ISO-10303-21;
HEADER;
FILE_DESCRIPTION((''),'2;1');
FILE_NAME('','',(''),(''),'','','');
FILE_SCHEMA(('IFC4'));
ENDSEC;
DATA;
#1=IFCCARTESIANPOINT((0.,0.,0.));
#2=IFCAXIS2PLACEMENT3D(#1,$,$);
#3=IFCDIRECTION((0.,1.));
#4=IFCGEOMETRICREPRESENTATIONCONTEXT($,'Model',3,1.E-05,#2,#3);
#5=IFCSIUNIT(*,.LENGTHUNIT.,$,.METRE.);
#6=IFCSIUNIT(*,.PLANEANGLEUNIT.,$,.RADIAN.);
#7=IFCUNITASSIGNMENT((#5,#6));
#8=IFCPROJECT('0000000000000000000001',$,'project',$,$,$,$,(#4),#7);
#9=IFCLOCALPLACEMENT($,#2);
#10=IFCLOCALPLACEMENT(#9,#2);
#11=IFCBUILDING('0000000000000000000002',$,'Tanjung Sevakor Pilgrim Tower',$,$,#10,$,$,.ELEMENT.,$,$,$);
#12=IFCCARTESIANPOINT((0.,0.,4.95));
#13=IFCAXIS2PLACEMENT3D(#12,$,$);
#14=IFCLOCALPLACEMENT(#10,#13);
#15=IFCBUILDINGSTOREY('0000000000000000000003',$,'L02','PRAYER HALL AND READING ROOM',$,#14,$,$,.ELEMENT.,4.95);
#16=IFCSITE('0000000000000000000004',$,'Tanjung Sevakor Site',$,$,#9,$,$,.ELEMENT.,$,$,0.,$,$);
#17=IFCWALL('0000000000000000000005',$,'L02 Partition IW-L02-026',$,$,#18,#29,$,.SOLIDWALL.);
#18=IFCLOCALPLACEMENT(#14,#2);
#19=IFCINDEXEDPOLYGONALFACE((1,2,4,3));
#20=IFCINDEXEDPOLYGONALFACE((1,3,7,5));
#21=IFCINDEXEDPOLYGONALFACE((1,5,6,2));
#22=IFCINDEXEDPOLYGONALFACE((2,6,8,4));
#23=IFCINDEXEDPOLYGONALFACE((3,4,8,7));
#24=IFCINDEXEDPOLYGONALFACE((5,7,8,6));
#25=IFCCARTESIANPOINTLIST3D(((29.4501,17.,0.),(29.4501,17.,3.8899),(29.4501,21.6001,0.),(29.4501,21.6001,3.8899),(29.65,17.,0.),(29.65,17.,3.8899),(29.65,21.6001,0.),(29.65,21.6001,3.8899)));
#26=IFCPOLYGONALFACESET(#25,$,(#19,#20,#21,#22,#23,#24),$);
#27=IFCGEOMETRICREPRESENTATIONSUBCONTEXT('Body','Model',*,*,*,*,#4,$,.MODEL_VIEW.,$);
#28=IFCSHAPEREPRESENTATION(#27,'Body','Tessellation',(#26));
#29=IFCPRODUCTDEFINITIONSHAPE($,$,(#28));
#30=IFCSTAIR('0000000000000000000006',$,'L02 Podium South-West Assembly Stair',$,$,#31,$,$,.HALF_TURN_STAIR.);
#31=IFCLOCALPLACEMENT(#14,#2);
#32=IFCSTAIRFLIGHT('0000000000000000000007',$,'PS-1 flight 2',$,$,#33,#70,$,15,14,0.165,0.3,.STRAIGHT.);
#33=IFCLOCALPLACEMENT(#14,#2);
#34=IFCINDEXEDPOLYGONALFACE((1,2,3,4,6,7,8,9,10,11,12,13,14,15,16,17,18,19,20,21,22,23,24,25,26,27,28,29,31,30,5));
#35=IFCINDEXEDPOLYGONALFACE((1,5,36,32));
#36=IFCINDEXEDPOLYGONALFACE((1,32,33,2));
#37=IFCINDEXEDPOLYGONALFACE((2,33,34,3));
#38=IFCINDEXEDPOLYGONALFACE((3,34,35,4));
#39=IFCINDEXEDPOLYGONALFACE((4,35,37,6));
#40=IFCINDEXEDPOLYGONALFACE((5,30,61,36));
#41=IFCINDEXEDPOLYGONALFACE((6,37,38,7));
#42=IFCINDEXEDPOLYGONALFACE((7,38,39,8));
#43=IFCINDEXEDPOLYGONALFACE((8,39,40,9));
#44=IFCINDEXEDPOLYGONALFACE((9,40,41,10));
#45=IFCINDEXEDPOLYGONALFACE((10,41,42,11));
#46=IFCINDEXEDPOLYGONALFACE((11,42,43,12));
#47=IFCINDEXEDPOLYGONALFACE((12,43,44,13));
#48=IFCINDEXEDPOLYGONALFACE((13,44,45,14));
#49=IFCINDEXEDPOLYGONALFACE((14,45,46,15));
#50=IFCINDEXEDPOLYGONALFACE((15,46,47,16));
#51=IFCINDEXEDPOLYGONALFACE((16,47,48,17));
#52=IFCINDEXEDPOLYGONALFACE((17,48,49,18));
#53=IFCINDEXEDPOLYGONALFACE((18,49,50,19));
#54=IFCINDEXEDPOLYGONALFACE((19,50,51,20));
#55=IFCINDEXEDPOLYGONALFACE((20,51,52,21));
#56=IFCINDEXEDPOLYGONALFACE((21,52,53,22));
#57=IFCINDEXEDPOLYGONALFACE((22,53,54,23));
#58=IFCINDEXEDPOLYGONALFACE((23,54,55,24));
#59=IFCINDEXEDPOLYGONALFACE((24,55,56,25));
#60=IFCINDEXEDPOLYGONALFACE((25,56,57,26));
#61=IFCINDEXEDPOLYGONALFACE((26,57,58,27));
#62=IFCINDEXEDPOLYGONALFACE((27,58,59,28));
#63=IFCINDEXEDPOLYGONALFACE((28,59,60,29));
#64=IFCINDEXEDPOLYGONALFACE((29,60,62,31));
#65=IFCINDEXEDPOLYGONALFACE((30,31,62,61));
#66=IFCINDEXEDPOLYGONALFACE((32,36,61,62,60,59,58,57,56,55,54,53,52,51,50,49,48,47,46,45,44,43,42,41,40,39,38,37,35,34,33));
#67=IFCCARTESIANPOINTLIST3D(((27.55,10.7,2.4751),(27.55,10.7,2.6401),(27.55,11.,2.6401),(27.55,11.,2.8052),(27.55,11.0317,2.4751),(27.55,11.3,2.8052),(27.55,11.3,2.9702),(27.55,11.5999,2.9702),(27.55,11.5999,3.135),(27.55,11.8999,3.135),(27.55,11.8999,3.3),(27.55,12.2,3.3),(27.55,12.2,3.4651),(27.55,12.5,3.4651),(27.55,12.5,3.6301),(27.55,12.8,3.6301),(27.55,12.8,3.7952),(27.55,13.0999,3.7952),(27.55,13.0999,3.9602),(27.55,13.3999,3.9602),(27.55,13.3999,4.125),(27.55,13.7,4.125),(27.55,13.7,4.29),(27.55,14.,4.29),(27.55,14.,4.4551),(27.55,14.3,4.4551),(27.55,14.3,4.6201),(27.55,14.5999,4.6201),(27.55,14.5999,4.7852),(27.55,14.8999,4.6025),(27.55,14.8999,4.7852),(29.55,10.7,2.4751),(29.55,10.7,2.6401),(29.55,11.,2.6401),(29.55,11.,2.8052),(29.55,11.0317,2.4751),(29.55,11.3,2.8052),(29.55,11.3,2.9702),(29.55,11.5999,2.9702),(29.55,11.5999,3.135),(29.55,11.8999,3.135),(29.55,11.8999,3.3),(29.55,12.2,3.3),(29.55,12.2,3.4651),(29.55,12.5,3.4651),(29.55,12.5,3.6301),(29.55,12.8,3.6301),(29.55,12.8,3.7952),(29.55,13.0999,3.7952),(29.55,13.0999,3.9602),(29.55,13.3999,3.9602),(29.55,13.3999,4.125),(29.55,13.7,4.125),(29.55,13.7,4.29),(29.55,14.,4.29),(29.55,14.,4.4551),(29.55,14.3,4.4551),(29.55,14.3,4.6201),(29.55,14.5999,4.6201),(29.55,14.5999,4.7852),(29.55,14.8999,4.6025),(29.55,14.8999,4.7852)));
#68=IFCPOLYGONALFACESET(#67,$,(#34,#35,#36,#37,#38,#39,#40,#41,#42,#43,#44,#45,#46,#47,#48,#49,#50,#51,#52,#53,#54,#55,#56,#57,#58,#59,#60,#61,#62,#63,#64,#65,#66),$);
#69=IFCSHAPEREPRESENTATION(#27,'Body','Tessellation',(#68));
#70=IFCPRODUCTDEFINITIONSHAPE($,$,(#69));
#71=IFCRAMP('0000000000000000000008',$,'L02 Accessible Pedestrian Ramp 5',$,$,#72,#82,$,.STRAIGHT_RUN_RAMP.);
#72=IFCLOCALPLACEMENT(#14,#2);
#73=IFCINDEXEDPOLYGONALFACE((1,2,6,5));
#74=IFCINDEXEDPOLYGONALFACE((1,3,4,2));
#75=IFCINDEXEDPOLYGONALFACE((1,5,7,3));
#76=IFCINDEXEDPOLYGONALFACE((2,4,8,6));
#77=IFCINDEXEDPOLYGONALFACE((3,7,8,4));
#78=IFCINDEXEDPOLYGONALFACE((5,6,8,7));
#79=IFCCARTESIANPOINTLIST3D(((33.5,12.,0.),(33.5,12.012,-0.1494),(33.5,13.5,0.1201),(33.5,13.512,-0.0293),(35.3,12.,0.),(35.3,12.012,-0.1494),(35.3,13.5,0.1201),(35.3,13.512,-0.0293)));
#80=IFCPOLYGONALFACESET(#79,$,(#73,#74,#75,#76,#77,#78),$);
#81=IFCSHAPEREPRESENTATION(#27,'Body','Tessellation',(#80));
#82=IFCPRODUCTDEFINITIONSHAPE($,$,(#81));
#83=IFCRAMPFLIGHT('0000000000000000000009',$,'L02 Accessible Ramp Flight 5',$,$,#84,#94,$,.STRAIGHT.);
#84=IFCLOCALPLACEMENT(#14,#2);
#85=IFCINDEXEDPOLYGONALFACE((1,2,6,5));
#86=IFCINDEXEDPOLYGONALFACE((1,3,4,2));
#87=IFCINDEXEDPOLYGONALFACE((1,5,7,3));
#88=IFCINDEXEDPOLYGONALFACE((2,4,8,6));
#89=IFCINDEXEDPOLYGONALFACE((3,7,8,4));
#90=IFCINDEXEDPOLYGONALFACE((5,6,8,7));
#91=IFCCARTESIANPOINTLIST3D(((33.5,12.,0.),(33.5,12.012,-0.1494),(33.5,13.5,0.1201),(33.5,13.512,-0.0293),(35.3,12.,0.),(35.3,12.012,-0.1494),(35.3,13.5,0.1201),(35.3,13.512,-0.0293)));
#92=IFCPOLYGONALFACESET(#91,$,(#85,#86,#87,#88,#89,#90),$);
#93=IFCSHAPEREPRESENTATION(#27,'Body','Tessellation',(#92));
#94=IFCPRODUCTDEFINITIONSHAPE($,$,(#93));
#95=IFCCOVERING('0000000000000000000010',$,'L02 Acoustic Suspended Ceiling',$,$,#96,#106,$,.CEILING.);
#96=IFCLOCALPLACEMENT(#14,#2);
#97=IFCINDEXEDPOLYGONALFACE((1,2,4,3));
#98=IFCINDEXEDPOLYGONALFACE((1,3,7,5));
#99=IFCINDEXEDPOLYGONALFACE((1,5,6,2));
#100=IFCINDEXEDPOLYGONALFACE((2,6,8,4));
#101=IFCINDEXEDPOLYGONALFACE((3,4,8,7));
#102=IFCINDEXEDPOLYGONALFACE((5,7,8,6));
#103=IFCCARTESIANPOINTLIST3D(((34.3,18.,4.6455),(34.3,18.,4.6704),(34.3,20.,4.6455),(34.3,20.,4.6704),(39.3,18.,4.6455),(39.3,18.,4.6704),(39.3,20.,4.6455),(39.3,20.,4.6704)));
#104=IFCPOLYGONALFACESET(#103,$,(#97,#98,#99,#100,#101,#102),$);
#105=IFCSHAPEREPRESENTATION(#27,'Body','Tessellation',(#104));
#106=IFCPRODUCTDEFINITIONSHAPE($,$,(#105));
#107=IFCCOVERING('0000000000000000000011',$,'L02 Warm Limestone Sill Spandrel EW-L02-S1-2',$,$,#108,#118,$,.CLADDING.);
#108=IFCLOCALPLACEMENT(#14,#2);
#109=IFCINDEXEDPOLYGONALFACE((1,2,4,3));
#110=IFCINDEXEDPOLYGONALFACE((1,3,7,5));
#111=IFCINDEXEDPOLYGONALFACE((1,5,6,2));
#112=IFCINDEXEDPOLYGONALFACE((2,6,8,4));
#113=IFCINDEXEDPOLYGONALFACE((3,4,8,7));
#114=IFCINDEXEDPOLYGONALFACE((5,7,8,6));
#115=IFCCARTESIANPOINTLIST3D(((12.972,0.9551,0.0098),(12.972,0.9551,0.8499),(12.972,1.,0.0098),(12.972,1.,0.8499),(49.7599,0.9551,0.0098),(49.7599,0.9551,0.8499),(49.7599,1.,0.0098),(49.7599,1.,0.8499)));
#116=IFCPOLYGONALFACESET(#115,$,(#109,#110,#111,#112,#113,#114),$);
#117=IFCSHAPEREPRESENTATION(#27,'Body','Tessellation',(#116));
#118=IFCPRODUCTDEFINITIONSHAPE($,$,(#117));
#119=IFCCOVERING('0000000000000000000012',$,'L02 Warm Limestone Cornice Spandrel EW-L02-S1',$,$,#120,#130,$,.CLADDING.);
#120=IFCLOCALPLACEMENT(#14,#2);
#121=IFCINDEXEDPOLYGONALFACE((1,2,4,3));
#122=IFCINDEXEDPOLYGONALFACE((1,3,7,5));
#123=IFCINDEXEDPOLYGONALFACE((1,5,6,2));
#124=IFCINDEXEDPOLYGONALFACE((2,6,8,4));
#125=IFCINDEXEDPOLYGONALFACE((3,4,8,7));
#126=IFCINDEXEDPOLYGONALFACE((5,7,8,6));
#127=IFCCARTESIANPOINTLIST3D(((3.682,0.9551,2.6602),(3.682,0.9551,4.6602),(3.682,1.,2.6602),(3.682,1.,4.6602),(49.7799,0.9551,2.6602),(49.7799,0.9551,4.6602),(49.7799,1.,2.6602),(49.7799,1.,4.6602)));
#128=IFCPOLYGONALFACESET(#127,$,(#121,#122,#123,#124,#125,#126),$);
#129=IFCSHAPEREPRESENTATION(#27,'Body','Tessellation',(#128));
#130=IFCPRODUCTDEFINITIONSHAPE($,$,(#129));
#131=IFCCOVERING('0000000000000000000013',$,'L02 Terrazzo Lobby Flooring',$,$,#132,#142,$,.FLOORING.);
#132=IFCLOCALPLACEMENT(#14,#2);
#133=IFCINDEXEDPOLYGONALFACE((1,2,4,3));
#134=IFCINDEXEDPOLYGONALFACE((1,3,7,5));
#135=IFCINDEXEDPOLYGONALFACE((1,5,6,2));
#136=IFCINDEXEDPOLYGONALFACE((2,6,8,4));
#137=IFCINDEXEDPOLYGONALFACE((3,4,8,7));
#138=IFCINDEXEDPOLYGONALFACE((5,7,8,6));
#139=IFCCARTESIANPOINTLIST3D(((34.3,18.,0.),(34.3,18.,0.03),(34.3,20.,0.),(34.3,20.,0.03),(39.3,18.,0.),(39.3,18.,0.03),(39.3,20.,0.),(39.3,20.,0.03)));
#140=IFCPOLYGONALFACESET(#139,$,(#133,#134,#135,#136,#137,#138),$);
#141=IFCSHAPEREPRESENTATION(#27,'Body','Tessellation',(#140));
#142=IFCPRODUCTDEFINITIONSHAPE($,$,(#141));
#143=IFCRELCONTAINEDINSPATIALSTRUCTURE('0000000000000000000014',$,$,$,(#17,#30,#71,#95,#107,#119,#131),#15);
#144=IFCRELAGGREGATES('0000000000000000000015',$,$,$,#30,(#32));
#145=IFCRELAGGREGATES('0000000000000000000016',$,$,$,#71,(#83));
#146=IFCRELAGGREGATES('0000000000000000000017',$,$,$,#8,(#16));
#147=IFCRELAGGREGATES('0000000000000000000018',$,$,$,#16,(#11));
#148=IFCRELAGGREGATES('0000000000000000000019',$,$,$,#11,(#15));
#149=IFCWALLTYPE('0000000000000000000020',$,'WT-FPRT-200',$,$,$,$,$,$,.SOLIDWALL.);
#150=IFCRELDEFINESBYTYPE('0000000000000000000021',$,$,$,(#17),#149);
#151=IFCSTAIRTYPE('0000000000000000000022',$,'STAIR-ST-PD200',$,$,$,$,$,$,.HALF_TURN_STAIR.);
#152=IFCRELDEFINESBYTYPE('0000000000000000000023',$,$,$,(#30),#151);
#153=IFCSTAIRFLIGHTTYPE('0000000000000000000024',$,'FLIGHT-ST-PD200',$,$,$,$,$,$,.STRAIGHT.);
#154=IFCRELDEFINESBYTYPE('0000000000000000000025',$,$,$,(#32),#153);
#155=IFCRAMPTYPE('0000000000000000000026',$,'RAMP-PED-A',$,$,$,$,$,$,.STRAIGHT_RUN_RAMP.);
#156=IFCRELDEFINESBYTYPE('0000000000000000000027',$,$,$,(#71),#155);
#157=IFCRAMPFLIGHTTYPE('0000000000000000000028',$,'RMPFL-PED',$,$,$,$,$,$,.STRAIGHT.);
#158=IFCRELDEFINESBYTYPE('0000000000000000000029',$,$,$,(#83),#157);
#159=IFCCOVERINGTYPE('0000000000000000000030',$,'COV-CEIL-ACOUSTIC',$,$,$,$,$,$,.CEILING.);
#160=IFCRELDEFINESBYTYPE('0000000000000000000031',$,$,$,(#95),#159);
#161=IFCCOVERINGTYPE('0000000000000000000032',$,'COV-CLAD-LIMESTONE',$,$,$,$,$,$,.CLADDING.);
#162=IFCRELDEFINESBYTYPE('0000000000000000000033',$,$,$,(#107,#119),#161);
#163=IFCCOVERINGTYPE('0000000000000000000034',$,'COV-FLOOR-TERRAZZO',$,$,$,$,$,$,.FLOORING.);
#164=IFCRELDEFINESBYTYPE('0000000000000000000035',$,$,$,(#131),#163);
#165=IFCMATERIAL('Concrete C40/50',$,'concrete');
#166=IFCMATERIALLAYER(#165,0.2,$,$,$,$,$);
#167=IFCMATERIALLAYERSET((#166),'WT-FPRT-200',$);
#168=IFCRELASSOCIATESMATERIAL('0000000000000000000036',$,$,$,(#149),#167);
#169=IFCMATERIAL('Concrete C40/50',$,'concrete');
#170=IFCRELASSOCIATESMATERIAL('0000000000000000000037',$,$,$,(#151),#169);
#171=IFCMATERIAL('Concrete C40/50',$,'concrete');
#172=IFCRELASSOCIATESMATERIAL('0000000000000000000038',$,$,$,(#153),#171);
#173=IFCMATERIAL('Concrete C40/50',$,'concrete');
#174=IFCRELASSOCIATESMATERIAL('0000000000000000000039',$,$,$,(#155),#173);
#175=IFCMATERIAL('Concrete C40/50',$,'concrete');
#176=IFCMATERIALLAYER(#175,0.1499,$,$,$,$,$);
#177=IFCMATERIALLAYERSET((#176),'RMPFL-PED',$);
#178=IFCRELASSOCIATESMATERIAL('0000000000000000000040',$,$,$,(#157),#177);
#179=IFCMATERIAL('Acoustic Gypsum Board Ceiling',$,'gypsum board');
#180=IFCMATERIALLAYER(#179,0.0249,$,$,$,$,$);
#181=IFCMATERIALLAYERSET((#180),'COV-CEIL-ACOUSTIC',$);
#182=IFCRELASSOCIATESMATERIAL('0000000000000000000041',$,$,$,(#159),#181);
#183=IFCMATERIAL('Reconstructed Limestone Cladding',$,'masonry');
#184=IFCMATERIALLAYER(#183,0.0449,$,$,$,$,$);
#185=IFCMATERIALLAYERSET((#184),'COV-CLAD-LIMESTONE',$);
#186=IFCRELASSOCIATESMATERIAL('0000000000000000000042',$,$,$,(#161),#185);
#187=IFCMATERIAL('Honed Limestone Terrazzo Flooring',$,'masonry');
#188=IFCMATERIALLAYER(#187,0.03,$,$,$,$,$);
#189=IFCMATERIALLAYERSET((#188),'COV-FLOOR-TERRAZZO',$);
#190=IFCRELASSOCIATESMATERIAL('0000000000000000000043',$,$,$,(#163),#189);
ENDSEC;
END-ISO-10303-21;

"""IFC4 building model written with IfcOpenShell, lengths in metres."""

from ifc_helpers import new_model, si_unit, direction, frame, frame_2d, origin, origin_2d, place, context, subcontext, project, spatial, polyline, rectangle, outline, extrude, material, layer, layer_set, type_object, element, aggregate, save


model = new_model("IFC4")

# Units and contexts
model_context = context("Model", 3, precision=1e-05, world=origin(), true_north=direction((0.0, 1.0)))
body_context = subcontext(model_context, "Body", "Model", "MODEL_VIEW")
ifc_project = project(units=[si_unit("LENGTHUNIT", "METRE"), si_unit("PLANEANGLEUNIT", "RADIAN")], contexts=[model_context])

# Site, building, storey
site_placement = place(None, origin())
site = spatial("IfcSite", under=ifc_project, at=site_placement, Name="Tanjung Sevakor Site", CompositionType="ELEMENT", RefElevation=0.0)
building_placement = place(site_placement, origin())
building = spatial("IfcBuilding", under=site, at=building_placement, Name="Tanjung Sevakor Pilgrim Tower", CompositionType="ELEMENT")
storey_placement = place(building_placement, frame((0.0, 0.0, 4.95)))
storey = spatial("IfcBuildingStorey", under=building, at=storey_placement, Name="L02", Description="PRAYER HALL AND READING ROOM", CompositionType="ELEMENT", Elevation=4.95)

# Wall
ifc_material_1 = material(Name="Concrete C40/50", Category="concrete")
ifc_layer_1 = layer(ifc_material_1, 0.2)
ifc_layer_set_1 = layer_set([ifc_layer_1], Name="WT-FPRT-200")
wall_type_1 = type_object("IfcWallType", Name="WT-FPRT-200", PredefinedType="SOLIDWALL", material=ifc_layer_set_1)
wall_1_placement = place(storey_placement, frame((29.55, 17.0, 0.0), z_axis=(0.0, 0.0, 1.0), x_axis=(0.0, 1.0, 0.0)))
element("IfcWall", 1, at=wall_1_placement, inside=storey, type_object=wall_type_1, Name="L02 Partition IW-L02-026", PredefinedType="SOLIDWALL", context=body_context, shape_type="SweptSolid", body=[
    extrude(rectangle(XDim=4.6001, YDim=0.2, at=frame_2d((2.3, 0.0))), origin(), (0.0, 0.0, 1.0), 3.8899),
])

# Stair, stair flight
ifc_material_2 = material(Name="Concrete C40/50", Category="concrete")
stair_type = type_object("IfcStairType", Name="STAIR-ST-PD200", PredefinedType="HALF_TURN_STAIR", material=ifc_material_2)
stair_placement = place(storey_placement, origin())
stair = element("IfcStair", 2, at=stair_placement, inside=storey, type_object=stair_type, Name="L02 Podium South-West Assembly Stair", PredefinedType="HALF_TURN_STAIR")
ifc_material_3 = material(Name="Concrete C40/50", Category="concrete")
stair_flight_type = type_object("IfcStairFlightType", Name="FLIGHT-ST-PD200", PredefinedType="STRAIGHT", material=ifc_material_3)
stair_flight_placement = place(storey_placement, frame((28.55, 10.7, 2.4751), z_axis=(0.0, 0.0, 1.0), x_axis=(0.0, 1.0, 0.0)))
stair_flight = element("IfcStairFlight", 3, at=stair_flight_placement, type_object=stair_flight_type, Name="PS-1 flight 2", NumberOfRisers=15, NumberOfTreads=14, PredefinedType="STRAIGHT", RiserHeight=0.165, TreadLength=0.3, context=body_context, shape_type="SweptSolid", body=[
    extrude(outline(polyline([(0.0, 0.0), (0.0, 0.165), (0.3, 0.165), (0.3, 0.3301), (0.6001, 0.3301), (0.6001, 0.4951), (0.8999, 0.4951), (0.8999, 0.6599), (1.2, 0.6599), (1.2, 0.825), (1.5, 0.825), (1.5, 0.99), (1.8, 0.99), (1.8, 1.155), (2.1001, 1.155), (2.1001, 1.3201), (2.3999, 1.3201), (2.3999, 1.4851), (2.7, 1.4851), (2.7, 1.6499), (3.0, 1.6499), (3.0, 1.8149), (3.3, 1.8149), (3.3, 1.98), (3.6001, 1.98), (3.6001, 2.145), (3.8999, 2.145), (3.8999, 2.3101), (4.2, 2.3101), (4.2, 2.4751), (4.2, 2.1274), (0.3318, 0.0), (0.0, 0.0)])), frame((0.0, 1.0, 0.0), z_axis=(0.0, -1.0, 0.0), x_axis=(1.0, 0.0, 0.0)), (0.0, 0.0, 1.0), 2.0),
])
aggregate(stair, [stair_flight])

# Ramp, ramp flight
ifc_material_4 = material(Name="Concrete C40/50", Category="concrete")
ramp_type = type_object("IfcRampType", Name="RAMP-PED-A", PredefinedType="STRAIGHT_RUN_RAMP", material=ifc_material_4)
ramp_placement = place(storey_placement, frame((33.5, 12.0, 0.0), z_axis=(0.0, -0.079823, 0.996809), x_axis=(1.0, 0.0, 0.0)))
ramp = element("IfcRamp", 4, at=ramp_placement, inside=storey, type_object=ramp_type, Name="L02 Accessible Pedestrian Ramp 5", PredefinedType="STRAIGHT_RUN_RAMP", context=body_context, shape_type="SweptSolid", body=[
    extrude(outline(polyline([(0.0, 0.0), (1.8, 0.0), (1.8, 1.5048), (0.0, 1.5048), (0.0, 0.0)])), origin(), (0.0, 0.0, -1.0), 0.1499),
])
ifc_material_5 = material(Name="Concrete C40/50", Category="concrete")
ifc_layer_2 = layer(ifc_material_5, 0.1499)
ifc_layer_set_2 = layer_set([ifc_layer_2], Name="RMPFL-PED")
ramp_flight_type = type_object("IfcRampFlightType", Name="RMPFL-PED", PredefinedType="STRAIGHT", material=ifc_layer_set_2)
ramp_flight_placement = place(storey_placement, frame((33.5, 12.0, 0.0), z_axis=(0.0, -0.079823, 0.996809), x_axis=(1.0, 0.0, 0.0)))
ramp_flight = element("IfcRampFlight", 5, at=ramp_flight_placement, type_object=ramp_flight_type, Name="L02 Accessible Ramp Flight 5", PredefinedType="STRAIGHT", context=body_context, shape_type="SweptSolid", body=[
    extrude(outline(polyline([(0.0, 0.0), (1.8, 0.0), (1.8, 1.5048), (0.0, 1.5048), (0.0, 0.0)])), origin(), (0.0, 0.0, -1.0), 0.1499),
])
aggregate(ramp, [ramp_flight])

# Coverings
ifc_material_6 = material(Name="Acoustic Gypsum Board Ceiling", Category="gypsum board")
ifc_layer_3 = layer(ifc_material_6, 0.0249)
ifc_layer_set_3 = layer_set([ifc_layer_3], Name="COV-CEIL-ACOUSTIC")
covering_type_1 = type_object("IfcCoveringType", Name="COV-CEIL-ACOUSTIC", PredefinedType="CEILING", material=ifc_layer_set_3)
covering_1_placement = place(storey_placement, frame((36.8, 19.0, 4.6455), z_axis=(0.0, 0.0, 1.0), x_axis=(1.0, 0.0, 0.0)))
element("IfcCovering", 6, at=covering_1_placement, inside=storey, type_object=covering_type_1, Name="L02 Acoustic Suspended Ceiling", PredefinedType="CEILING", context=body_context, shape_type="SweptSolid", body=[
    extrude(rectangle(XDim=5.0, YDim=2.0, at=origin_2d()), origin(), (0.0, 0.0, 1.0), 0.0249),
])
ifc_material_7 = material(Name="Reconstructed Limestone Cladding", Category="masonry")
ifc_layer_4 = layer(ifc_material_7, 0.0449)
ifc_layer_set_4 = layer_set([ifc_layer_4], Name="COV-CLAD-LIMESTONE")
covering_type_2 = type_object("IfcCoveringType", Name="COV-CLAD-LIMESTONE", PredefinedType="CLADDING", material=ifc_layer_set_4)
covering_2_placement = place(storey_placement, frame((31.366, 0.9775, 0.0098), z_axis=(0.0, 0.0, 1.0), x_axis=(1.0, 0.0, 0.0)))
element("IfcCovering", 7, at=covering_2_placement, inside=storey, type_object=covering_type_2, Name="L02 Warm Limestone Sill Spandrel EW-L02-S1-2", PredefinedType="CLADDING", context=body_context, shape_type="SweptSolid", body=[
    extrude(rectangle(XDim=36.7878, YDim=0.0449, at=origin_2d()), origin(), (0.0, 0.0, 1.0), 0.8401),
])
covering_3_placement = place(storey_placement, frame((26.731, 0.9775, 2.6602), z_axis=(0.0, 0.0, 1.0), x_axis=(1.0, 0.0, 0.0)))
element("IfcCovering", 8, at=covering_3_placement, inside=storey, type_object=covering_type_2, Name="L02 Warm Limestone Cornice Spandrel EW-L02-S1", PredefinedType="CLADDING", context=body_context, shape_type="SweptSolid", body=[
    extrude(rectangle(XDim=46.0979, YDim=0.0449, at=origin_2d()), origin(), (0.0, 0.0, 1.0), 2.0),
])
ifc_material_8 = material(Name="Honed Limestone Terrazzo Flooring", Category="masonry")
ifc_layer_5 = layer(ifc_material_8, 0.03)
ifc_layer_set_5 = layer_set([ifc_layer_5], Name="COV-FLOOR-TERRAZZO")
covering_type_3 = type_object("IfcCoveringType", Name="COV-FLOOR-TERRAZZO", PredefinedType="FLOORING", material=ifc_layer_set_5)
covering_4_placement = place(storey_placement, frame((36.8, 19.0, 0.0), z_axis=(0.0, 0.0, 1.0), x_axis=(1.0, 0.0, 0.0)))
element("IfcCovering", 9, at=covering_4_placement, inside=storey, type_object=covering_type_3, Name="L02 Terrazzo Lobby Flooring", PredefinedType="FLOORING", context=body_context, shape_type="SweptSolid", body=[
    extrude(rectangle(XDim=5.0, YDim=2.0, at=origin_2d()), origin(), (0.0, 0.0, 1.0), 0.03),
])

save(model, "model.ifc")
